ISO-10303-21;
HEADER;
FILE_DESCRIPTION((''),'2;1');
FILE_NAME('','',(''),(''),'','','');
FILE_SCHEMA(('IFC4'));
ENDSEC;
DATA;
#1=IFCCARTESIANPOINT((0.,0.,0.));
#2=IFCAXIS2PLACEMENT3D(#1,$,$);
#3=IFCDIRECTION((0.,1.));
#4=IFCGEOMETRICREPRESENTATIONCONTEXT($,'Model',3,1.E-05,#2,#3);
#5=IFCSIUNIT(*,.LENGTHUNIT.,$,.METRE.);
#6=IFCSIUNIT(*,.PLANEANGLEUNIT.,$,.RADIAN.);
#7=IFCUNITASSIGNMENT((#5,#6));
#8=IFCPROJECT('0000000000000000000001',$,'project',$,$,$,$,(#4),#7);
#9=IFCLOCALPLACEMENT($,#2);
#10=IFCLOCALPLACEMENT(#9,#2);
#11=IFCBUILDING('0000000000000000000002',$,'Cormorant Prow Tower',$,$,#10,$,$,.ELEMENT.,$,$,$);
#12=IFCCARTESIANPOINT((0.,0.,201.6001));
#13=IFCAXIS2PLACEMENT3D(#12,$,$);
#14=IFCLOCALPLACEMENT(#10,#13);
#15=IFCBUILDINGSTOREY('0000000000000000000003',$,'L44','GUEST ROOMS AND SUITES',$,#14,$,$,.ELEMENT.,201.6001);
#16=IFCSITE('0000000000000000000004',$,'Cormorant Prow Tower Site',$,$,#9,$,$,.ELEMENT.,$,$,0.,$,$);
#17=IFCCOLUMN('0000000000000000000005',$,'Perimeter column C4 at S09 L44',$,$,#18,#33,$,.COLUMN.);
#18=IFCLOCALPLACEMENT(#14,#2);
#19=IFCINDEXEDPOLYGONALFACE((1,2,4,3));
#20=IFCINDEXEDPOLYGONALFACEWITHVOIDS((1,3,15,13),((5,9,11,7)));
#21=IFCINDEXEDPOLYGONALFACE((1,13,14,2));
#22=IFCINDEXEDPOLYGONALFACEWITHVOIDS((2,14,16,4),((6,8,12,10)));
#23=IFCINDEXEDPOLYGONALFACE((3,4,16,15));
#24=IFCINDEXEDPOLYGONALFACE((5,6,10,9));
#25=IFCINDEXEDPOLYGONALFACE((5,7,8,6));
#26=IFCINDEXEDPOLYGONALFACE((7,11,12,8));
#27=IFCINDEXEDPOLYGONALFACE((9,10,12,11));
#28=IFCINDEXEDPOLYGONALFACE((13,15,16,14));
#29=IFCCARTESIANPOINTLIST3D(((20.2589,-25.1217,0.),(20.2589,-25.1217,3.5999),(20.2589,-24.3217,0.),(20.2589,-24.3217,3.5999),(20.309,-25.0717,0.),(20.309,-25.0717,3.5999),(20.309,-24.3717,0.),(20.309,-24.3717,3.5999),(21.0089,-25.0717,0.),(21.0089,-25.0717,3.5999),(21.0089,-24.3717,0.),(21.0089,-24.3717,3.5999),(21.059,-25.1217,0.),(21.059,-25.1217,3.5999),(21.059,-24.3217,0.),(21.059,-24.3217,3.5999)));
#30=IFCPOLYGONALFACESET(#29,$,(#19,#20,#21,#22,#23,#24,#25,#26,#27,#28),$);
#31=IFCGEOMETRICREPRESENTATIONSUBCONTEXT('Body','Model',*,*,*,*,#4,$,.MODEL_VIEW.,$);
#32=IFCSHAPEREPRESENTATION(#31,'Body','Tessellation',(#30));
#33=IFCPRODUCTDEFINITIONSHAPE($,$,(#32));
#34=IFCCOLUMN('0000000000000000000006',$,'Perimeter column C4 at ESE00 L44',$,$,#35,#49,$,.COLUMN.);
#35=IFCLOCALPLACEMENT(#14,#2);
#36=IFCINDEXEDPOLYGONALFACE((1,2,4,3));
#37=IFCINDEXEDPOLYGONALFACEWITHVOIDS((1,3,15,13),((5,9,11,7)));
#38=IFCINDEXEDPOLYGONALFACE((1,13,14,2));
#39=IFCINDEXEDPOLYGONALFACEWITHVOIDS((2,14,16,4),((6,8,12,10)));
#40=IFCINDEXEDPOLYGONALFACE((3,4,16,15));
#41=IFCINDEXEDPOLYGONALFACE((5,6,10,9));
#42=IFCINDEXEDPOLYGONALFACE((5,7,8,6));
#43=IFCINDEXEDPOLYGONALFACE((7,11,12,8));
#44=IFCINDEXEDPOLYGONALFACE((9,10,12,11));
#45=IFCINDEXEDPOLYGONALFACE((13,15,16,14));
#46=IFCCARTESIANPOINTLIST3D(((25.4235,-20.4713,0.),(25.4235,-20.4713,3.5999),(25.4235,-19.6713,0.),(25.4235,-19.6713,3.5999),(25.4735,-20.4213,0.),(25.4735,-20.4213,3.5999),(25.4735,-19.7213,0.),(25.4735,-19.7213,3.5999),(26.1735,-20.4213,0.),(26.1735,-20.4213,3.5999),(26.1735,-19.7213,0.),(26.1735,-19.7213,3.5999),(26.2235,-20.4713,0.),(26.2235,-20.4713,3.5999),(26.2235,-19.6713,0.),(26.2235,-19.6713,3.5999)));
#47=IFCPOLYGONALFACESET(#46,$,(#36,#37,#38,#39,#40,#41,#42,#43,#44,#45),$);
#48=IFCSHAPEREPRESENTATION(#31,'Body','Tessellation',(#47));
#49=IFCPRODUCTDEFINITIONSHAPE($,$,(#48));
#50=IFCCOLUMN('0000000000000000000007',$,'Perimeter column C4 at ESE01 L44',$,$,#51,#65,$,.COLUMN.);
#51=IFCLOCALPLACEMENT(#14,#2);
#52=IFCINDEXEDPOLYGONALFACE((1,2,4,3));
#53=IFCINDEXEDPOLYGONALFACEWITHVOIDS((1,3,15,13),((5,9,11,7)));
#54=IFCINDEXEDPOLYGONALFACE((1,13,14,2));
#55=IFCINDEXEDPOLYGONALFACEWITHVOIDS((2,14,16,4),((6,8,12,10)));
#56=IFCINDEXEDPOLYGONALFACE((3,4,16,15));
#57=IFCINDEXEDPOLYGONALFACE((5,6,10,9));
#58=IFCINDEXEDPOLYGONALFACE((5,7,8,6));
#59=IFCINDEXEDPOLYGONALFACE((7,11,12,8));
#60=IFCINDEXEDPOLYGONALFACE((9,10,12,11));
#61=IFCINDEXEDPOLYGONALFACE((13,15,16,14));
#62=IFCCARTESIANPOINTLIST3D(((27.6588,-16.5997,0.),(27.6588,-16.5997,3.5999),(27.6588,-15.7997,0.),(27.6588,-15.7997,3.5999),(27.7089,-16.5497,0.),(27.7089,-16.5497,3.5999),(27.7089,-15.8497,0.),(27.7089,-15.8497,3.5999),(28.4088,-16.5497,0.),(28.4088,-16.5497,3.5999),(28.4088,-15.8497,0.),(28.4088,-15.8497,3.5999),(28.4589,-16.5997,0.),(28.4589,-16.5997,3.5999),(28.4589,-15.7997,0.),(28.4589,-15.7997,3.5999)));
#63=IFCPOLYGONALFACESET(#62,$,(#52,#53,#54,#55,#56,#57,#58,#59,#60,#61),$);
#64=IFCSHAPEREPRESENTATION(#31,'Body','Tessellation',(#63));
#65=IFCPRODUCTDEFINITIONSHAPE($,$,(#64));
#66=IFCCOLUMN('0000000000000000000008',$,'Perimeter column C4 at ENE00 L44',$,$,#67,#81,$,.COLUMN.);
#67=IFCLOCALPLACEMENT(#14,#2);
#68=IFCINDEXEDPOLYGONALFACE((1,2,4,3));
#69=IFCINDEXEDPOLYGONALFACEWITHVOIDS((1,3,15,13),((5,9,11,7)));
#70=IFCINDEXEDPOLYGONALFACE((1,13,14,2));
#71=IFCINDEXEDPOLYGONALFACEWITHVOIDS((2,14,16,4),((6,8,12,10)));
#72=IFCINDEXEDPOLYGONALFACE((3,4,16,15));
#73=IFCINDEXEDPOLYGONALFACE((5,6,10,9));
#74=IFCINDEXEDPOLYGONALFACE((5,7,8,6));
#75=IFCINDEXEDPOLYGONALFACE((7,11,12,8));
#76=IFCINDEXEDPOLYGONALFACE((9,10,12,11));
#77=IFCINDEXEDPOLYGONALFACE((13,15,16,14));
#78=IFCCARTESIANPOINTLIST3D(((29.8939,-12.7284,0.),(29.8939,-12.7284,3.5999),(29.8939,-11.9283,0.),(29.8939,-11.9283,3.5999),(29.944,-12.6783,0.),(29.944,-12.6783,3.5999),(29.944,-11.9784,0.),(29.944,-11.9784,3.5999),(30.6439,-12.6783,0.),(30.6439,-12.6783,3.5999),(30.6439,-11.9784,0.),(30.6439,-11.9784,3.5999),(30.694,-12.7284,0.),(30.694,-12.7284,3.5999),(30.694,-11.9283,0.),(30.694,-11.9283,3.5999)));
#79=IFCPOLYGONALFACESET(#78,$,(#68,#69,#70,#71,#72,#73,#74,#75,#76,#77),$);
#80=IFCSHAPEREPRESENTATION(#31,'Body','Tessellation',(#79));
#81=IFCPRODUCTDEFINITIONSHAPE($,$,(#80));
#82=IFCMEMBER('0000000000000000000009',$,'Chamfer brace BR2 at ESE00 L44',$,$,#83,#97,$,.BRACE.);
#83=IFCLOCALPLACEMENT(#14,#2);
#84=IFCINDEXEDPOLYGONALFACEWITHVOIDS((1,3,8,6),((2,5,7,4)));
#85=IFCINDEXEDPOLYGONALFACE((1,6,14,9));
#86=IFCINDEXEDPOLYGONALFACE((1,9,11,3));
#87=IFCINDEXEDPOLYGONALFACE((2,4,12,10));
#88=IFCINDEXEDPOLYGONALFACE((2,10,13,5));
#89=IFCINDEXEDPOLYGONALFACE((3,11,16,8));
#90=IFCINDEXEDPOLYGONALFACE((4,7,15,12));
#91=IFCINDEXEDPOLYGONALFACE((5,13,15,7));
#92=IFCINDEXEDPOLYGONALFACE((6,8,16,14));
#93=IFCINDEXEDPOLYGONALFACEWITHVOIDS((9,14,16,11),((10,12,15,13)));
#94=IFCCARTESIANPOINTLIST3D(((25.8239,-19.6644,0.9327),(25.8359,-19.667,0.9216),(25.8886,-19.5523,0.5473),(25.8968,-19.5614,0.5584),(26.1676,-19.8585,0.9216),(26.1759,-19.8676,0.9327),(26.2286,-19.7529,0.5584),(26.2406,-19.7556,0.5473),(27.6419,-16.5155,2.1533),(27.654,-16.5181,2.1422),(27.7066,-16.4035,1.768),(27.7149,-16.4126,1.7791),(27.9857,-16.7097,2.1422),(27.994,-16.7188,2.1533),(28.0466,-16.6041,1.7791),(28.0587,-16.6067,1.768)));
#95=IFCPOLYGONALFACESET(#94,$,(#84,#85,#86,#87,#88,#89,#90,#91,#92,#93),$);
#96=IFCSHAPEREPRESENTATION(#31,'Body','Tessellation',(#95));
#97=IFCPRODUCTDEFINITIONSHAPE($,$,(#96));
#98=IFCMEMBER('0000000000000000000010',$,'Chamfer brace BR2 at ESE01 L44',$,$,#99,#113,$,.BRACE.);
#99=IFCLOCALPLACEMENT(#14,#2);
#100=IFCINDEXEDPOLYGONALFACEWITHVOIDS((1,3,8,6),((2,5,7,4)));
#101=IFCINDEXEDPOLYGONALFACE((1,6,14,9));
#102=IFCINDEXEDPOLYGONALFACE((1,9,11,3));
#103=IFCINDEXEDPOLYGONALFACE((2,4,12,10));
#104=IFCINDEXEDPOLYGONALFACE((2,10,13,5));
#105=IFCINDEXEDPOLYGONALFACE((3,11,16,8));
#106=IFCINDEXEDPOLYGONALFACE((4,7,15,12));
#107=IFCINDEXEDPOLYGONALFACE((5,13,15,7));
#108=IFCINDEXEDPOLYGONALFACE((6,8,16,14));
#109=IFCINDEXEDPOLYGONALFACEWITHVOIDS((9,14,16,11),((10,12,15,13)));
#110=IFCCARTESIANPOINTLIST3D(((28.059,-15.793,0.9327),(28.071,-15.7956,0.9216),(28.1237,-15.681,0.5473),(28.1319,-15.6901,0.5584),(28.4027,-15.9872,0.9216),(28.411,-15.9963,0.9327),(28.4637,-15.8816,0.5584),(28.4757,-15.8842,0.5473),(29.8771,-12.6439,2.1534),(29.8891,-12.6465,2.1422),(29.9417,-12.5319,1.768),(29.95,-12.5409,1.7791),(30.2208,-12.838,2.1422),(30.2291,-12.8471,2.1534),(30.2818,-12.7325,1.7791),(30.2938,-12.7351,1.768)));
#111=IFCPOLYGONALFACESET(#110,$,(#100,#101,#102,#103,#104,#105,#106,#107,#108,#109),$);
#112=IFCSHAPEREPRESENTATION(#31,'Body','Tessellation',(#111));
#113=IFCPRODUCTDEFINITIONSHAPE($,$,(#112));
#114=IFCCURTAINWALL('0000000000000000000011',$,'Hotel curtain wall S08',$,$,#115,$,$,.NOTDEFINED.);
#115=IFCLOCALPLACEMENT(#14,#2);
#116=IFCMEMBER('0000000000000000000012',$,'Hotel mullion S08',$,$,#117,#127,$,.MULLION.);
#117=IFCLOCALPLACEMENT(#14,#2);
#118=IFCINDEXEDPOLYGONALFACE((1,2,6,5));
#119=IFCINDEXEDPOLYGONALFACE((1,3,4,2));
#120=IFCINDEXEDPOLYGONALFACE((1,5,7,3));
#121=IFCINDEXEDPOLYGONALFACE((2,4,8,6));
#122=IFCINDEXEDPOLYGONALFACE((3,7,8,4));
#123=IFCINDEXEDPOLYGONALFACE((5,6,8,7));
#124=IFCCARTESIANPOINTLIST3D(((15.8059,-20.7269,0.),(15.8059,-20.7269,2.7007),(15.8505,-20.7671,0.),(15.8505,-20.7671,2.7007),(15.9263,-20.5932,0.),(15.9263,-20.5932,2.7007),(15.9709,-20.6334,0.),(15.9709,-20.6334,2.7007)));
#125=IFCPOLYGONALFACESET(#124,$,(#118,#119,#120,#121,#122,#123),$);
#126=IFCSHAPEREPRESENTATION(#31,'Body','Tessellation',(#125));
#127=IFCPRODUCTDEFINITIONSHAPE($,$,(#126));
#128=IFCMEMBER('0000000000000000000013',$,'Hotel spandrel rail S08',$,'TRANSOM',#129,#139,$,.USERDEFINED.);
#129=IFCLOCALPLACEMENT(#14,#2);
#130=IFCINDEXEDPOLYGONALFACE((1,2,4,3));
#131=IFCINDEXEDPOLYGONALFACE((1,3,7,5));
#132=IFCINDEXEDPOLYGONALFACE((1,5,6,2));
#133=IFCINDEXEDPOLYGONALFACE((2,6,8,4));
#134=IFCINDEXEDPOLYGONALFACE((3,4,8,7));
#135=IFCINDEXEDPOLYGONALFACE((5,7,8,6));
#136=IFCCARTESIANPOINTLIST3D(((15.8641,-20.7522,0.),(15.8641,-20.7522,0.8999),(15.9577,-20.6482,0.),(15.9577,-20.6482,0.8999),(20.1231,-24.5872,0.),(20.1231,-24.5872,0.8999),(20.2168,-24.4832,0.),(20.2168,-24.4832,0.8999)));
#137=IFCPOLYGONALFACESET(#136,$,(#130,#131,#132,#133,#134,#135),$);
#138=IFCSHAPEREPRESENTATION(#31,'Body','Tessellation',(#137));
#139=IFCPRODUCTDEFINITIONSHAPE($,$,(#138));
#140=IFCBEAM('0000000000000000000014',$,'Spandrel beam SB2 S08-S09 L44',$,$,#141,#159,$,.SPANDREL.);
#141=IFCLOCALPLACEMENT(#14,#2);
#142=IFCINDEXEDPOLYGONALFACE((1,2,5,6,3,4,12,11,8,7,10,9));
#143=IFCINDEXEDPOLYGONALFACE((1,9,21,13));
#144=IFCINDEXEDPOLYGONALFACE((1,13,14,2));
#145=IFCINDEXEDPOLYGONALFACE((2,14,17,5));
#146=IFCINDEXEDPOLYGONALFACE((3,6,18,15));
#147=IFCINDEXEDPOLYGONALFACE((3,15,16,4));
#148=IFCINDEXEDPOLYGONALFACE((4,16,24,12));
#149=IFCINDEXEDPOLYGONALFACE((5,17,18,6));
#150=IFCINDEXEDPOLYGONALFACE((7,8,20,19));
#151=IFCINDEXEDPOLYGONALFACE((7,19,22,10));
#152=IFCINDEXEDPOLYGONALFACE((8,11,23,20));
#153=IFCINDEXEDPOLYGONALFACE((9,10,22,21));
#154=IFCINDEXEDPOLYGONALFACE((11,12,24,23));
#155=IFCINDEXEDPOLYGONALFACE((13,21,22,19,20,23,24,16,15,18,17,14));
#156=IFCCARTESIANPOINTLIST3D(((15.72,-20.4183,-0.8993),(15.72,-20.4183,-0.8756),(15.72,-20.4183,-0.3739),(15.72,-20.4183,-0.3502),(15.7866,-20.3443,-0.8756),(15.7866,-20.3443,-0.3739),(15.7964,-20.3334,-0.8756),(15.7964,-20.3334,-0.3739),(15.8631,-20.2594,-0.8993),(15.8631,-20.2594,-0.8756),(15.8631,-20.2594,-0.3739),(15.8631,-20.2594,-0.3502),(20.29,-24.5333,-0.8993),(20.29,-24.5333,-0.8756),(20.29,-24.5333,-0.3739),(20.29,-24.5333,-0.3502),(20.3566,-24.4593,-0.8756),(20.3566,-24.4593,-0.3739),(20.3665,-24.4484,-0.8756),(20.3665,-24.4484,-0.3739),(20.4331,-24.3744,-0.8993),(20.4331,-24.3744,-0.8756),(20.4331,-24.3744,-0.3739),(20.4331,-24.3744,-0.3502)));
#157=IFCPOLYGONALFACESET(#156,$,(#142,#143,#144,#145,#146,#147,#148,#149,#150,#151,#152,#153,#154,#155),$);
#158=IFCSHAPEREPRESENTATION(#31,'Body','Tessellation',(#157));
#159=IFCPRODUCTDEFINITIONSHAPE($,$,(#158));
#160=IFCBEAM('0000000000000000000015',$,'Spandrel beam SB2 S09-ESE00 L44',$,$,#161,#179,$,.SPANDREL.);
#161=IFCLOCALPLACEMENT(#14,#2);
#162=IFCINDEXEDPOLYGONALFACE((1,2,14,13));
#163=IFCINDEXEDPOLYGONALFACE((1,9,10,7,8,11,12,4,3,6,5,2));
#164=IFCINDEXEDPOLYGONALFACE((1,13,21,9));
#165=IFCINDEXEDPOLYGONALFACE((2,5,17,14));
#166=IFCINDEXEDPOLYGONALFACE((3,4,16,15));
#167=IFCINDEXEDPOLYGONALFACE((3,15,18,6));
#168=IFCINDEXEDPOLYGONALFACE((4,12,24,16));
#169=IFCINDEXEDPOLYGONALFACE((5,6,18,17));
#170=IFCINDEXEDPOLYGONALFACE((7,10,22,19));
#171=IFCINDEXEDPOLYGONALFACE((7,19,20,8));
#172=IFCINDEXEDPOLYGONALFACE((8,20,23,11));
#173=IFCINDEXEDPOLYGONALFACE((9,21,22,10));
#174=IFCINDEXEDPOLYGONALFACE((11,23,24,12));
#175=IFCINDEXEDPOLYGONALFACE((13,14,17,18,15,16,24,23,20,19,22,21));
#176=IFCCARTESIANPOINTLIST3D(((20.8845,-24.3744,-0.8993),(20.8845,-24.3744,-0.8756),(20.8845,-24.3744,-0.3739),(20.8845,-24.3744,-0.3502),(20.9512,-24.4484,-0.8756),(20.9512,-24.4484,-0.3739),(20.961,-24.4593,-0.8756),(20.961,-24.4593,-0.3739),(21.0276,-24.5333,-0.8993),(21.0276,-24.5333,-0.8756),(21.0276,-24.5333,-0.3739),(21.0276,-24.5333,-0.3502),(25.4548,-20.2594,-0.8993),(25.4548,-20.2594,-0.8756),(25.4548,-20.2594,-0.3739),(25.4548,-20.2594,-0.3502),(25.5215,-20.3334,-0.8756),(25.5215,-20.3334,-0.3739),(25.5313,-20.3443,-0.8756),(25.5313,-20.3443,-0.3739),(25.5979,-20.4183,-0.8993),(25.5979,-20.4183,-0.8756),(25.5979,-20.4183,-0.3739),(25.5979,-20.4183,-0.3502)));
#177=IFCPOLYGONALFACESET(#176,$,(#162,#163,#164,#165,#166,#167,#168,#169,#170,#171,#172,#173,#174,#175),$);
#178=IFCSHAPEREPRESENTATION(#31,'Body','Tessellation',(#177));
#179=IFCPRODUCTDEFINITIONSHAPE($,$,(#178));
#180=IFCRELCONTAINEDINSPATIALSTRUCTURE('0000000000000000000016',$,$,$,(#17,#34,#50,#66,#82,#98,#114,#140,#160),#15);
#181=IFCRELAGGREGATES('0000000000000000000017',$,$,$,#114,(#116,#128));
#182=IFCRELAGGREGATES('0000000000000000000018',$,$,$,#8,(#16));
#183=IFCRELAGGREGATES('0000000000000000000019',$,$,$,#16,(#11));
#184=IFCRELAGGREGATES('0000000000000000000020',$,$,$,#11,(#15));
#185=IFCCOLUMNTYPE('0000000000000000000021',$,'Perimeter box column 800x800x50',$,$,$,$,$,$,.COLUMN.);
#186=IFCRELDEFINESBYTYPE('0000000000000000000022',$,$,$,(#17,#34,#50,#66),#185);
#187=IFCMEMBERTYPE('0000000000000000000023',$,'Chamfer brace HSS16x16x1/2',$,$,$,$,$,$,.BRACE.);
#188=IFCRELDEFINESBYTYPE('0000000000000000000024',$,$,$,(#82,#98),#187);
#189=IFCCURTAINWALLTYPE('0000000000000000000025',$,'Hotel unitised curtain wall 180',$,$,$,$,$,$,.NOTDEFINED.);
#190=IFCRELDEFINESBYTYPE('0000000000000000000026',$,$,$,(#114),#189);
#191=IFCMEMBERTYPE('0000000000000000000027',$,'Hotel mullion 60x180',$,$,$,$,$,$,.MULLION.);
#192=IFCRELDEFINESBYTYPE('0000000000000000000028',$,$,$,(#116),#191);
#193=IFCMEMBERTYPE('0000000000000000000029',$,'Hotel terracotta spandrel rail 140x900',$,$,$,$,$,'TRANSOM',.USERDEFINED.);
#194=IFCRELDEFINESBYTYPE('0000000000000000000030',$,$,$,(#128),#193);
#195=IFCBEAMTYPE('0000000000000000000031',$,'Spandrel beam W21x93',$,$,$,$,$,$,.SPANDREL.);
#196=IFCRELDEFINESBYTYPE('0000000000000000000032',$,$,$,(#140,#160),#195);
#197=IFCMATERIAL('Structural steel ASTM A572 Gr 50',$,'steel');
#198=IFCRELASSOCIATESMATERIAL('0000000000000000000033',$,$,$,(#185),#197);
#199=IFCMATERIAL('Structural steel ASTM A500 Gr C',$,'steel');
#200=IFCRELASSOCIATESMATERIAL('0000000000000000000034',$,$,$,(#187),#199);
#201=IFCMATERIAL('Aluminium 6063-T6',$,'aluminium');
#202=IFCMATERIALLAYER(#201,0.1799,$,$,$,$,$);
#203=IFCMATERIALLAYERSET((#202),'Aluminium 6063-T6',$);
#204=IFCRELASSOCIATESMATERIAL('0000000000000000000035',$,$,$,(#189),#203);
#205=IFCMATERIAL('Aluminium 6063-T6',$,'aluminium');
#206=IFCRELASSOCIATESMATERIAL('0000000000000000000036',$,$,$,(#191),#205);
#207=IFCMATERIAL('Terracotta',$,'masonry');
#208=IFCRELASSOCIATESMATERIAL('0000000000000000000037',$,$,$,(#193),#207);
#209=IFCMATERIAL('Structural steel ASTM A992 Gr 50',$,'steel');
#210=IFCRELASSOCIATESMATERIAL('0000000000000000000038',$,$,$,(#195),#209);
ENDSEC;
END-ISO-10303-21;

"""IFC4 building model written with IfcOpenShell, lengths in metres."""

from ifc_helpers import new_model, si_unit, direction, frame, origin, origin_2d, place, context, subcontext, project, spatial, rectangle, hollow_rectangle, i_section, extrude, material, layer, layer_set, material_profile, profile_set, type_object, element, aggregate, save


model = new_model("IFC4")

# Units and contexts
model_context = context("Model", 3, precision=1e-05, world=origin(), true_north=direction((0.0, 1.0)))
body_context = subcontext(model_context, "Body", "Model", "MODEL_VIEW")
ifc_project = project(units=[si_unit("LENGTHUNIT", "METRE"), si_unit("PLANEANGLEUNIT", "RADIAN")], contexts=[model_context])

# Site, building, storey
site_placement = place(None, origin())
site = spatial("IfcSite", under=ifc_project, at=site_placement, Name="Cormorant Prow Tower Site", CompositionType="ELEMENT", RefElevation=0.0)
building_placement = place(site_placement, origin())
building = spatial("IfcBuilding", under=site, at=building_placement, Name="Cormorant Prow Tower", CompositionType="ELEMENT")
storey_placement = place(building_placement, frame((0.0, 0.0, 201.6001)))
storey = spatial("IfcBuildingStorey", under=building, at=storey_placement, Name="L44", Description="GUEST ROOMS AND SUITES", CompositionType="ELEMENT", Elevation=201.6001)

# Columns
ifc_material_1 = material(Name="Structural steel ASTM A572 Gr 50", Category="steel")
ifc_material_profile_1 = material_profile(ifc_material_1, hollow_rectangle(XDim=0.8, YDim=0.8, WallThickness=0.05, at=origin_2d()), Name="Box 800x800x50")
ifc_profile_set_1 = profile_set([ifc_material_profile_1], Name="Structural steel ASTM A572 Gr 50")
column_type = type_object("IfcColumnType", Name="Perimeter box column 800x800x50", PredefinedType="COLUMN", material=ifc_profile_set_1)
for number, where, z_axis, x_axis, name in (
    (1, (20.6589, -24.7217, 0.0), (0.0, 0.0, 1.0), (1.0, 0.0, 0.0), "Perimeter column C4 at S09 L44"),
    (2, (25.8235, -20.0713, 0.0), (0.0, 0.0, 1.0), (1.0, 0.0, 0.0), "Perimeter column C4 at ESE00 L44"),
    (3, (28.0588, -16.1997, 0.0), (0.0, 0.0, 1.0), (1.0, 0.0, 0.0), "Perimeter column C4 at ESE01 L44"),
    (4, (30.2939, -12.3284, 0.0), (0.0, 0.0, 1.0), (1.0, 0.0, 0.0), "Perimeter column C4 at ENE00 L44"),
):
    element("IfcColumn", number, at=place(storey_placement, frame(where, z_axis=z_axis, x_axis=x_axis)), inside=storey, type_object=column_type, Name=name, PredefinedType="COLUMN", context=body_context, shape_type="SweptSolid", body=[
        extrude(hollow_rectangle(XDim=0.8, YDim=0.8, WallThickness=0.05, at=origin_2d()), origin(), (0.0, 0.0, 1.0), 3.5999),
    ])

# Members
ifc_material_2 = material(Name="Structural steel ASTM A500 Gr C", Category="steel")
ifc_material_profile_2 = material_profile(ifc_material_2, hollow_rectangle(XDim=0.4065, YDim=0.4065, WallThickness=0.0117, at=origin_2d()), Name="HSS16x16x1/2")
ifc_profile_set_2 = profile_set([ifc_material_profile_2], Name="Structural steel ASTM A500 Gr C")
member_type_1 = type_object("IfcMemberType", Name="Chamfer brace HSS16x16x1/2", PredefinedType="BRACE", material=ifc_profile_set_2)
member_1_placement = place(storey_placement, frame((26.0322, -19.71, 0.74), z_axis=(0.474018, 0.820986, 0.318261), x_axis=(-0.866016, 0.500017, 0.0)))
element("IfcMember", 5, at=member_1_placement, inside=storey, type_object=member_type_1, Name="Chamfer brace BR2 at ESE00 L44", PredefinedType="BRACE", context=body_context, shape_type="SweptSolid", body=[
    extrude(hollow_rectangle(XDim=0.4065, YDim=0.4065, WallThickness=0.0117, at=origin_2d()), origin(), (0.0, 0.0, 1.0), 3.8354),
])
member_2_placement = place(storey_placement, frame((28.2673, -15.8386, 0.74), z_axis=(0.473993, 0.821006, 0.318244), x_axis=(-0.866032, 0.499988, 0.0)))
element("IfcMember", 6, at=member_2_placement, inside=storey, type_object=member_type_1, Name="Chamfer brace BR2 at ESE01 L44", PredefinedType="BRACE", context=body_context, shape_type="SweptSolid", body=[
    extrude(hollow_rectangle(XDim=0.4065, YDim=0.4065, WallThickness=0.0117, at=origin_2d()), origin(), (0.0, 0.0, 1.0), 3.8357),
])

# Curtain wall, members
ifc_material_3 = material(Name="Aluminium 6063-T6", Category="aluminium")
ifc_layer_1 = layer(ifc_material_3, 0.1799)
ifc_layer_set_1 = layer_set([ifc_layer_1], Name="Aluminium 6063-T6")
curtain_wall_type = type_object("IfcCurtainWallType", Name="Hotel unitised curtain wall 180", PredefinedType="NOTDEFINED", material=ifc_layer_set_1)
curtain_wall_placement = place(storey_placement, origin())
curtain_wall = element("IfcCurtainWall", 7, at=curtain_wall_placement, inside=storey, type_object=curtain_wall_type, Name="Hotel curtain wall S08", PredefinedType="NOTDEFINED")
ifc_material_4 = material(Name="Aluminium 6063-T6", Category="aluminium")
ifc_material_profile_3 = material_profile(ifc_material_4, rectangle(XDim=0.1799, YDim=0.0601, at=origin_2d()), Name="Hotel mullion 60x180")
ifc_profile_set_3 = profile_set([ifc_material_profile_3], Name="Aluminium 6063-T6")
member_type_2 = type_object("IfcMemberType", Name="Hotel mullion 60x180", PredefinedType="MULLION", material=ifc_profile_set_3)
member_3_placement = place(storey_placement, frame((15.8884, -20.6802, 0.0), z_axis=(0.0, 0.0, 1.0), x_axis=(0.669131, 0.743145, 0.0)))
member_3 = element("IfcMember", 8, at=member_3_placement, type_object=member_type_2, Name="Hotel mullion S08", PredefinedType="MULLION", context=body_context, shape_type="SweptSolid", body=[
    extrude(rectangle(XDim=0.1799, YDim=0.0601, at=origin_2d()), origin(), (0.0, 0.0, 1.0), 2.7007),
])
ifc_material_5 = material(Name="Terracotta", Category="masonry")
ifc_material_profile_4 = material_profile(ifc_material_5, rectangle(XDim=0.1399, YDim=0.8999, at=origin_2d()), Name="Hotel terracotta spandrel rail 140x900")
ifc_profile_set_4 = profile_set([ifc_material_profile_4], Name="Terracotta")
member_type_3 = type_object("IfcMemberType", Name="Hotel terracotta spandrel rail 140x900", ElementType="TRANSOM", PredefinedType="USERDEFINED", material=ifc_profile_set_4)
member_4_placement = place(storey_placement, frame((15.9109, -20.7002, 0.45), z_axis=(0.743135, -0.669141, 0.0), x_axis=(0.669141, 0.743135, 0.0)))
member_4 = element("IfcMember", 9, at=member_4_placement, type_object=member_type_3, Name="Hotel spandrel rail S08", ObjectType="TRANSOM", PredefinedType="USERDEFINED", context=body_context, shape_type="SweptSolid", body=[
    extrude(rectangle(XDim=0.1399, YDim=0.8999, at=origin_2d()), origin(), (0.0, 0.0, 1.0), 5.7312),
])

# Beams
ifc_material_6 = material(Name="Structural steel ASTM A992 Gr 50", Category="steel")
ifc_material_profile_5 = material_profile(ifc_material_6, i_section(OverallWidth=0.2139, OverallDepth=0.5491, WebThickness=0.0146, FlangeThickness=0.0237, at=origin_2d()), Name="W21x93")
ifc_profile_set_5 = profile_set([ifc_material_profile_5], Name="Structural steel ASTM A992 Gr 50")
beam_type = type_object("IfcBeamType", Name="Spandrel beam W21x93", PredefinedType="SPANDREL", material=ifc_profile_set_5)
beam_1_placement = place(storey_placement, frame((15.7915, -20.3389, -0.6248), z_axis=(0.743138, -0.669138, 0.0), x_axis=(0.669138, 0.743138, 0.0)))
element("IfcBeam", 10, at=beam_1_placement, inside=storey, type_object=beam_type, Name="Spandrel beam SB2 S08-S09 L44", PredefinedType="SPANDREL", context=body_context, shape_type="SweptSolid", body=[
    extrude(i_section(OverallWidth=0.2139, OverallDepth=0.5491, WebThickness=0.0146, FlangeThickness=0.0237, at=origin_2d()), origin(), (0.0, 0.0, 1.0), 6.1497),
])
beam_2_placement = place(storey_placement, frame((20.9561, -24.4539, -0.6248), z_axis=(0.743156, 0.669118, 0.0), x_axis=(-0.669118, 0.743156, 0.0)))
element("IfcBeam", 11, at=beam_2_placement, inside=storey, type_object=beam_type, Name="Spandrel beam SB2 S09-ESE00 L44", PredefinedType="SPANDREL", context=body_context, shape_type="SweptSolid", body=[
    extrude(i_section(OverallWidth=0.2139, OverallDepth=0.5491, WebThickness=0.0146, FlangeThickness=0.0237, at=origin_2d()), origin(), (0.0, 0.0, 1.0), 6.1499),
])

aggregate(curtain_wall, [member_3, member_4])

save(model, "model.ifc")
